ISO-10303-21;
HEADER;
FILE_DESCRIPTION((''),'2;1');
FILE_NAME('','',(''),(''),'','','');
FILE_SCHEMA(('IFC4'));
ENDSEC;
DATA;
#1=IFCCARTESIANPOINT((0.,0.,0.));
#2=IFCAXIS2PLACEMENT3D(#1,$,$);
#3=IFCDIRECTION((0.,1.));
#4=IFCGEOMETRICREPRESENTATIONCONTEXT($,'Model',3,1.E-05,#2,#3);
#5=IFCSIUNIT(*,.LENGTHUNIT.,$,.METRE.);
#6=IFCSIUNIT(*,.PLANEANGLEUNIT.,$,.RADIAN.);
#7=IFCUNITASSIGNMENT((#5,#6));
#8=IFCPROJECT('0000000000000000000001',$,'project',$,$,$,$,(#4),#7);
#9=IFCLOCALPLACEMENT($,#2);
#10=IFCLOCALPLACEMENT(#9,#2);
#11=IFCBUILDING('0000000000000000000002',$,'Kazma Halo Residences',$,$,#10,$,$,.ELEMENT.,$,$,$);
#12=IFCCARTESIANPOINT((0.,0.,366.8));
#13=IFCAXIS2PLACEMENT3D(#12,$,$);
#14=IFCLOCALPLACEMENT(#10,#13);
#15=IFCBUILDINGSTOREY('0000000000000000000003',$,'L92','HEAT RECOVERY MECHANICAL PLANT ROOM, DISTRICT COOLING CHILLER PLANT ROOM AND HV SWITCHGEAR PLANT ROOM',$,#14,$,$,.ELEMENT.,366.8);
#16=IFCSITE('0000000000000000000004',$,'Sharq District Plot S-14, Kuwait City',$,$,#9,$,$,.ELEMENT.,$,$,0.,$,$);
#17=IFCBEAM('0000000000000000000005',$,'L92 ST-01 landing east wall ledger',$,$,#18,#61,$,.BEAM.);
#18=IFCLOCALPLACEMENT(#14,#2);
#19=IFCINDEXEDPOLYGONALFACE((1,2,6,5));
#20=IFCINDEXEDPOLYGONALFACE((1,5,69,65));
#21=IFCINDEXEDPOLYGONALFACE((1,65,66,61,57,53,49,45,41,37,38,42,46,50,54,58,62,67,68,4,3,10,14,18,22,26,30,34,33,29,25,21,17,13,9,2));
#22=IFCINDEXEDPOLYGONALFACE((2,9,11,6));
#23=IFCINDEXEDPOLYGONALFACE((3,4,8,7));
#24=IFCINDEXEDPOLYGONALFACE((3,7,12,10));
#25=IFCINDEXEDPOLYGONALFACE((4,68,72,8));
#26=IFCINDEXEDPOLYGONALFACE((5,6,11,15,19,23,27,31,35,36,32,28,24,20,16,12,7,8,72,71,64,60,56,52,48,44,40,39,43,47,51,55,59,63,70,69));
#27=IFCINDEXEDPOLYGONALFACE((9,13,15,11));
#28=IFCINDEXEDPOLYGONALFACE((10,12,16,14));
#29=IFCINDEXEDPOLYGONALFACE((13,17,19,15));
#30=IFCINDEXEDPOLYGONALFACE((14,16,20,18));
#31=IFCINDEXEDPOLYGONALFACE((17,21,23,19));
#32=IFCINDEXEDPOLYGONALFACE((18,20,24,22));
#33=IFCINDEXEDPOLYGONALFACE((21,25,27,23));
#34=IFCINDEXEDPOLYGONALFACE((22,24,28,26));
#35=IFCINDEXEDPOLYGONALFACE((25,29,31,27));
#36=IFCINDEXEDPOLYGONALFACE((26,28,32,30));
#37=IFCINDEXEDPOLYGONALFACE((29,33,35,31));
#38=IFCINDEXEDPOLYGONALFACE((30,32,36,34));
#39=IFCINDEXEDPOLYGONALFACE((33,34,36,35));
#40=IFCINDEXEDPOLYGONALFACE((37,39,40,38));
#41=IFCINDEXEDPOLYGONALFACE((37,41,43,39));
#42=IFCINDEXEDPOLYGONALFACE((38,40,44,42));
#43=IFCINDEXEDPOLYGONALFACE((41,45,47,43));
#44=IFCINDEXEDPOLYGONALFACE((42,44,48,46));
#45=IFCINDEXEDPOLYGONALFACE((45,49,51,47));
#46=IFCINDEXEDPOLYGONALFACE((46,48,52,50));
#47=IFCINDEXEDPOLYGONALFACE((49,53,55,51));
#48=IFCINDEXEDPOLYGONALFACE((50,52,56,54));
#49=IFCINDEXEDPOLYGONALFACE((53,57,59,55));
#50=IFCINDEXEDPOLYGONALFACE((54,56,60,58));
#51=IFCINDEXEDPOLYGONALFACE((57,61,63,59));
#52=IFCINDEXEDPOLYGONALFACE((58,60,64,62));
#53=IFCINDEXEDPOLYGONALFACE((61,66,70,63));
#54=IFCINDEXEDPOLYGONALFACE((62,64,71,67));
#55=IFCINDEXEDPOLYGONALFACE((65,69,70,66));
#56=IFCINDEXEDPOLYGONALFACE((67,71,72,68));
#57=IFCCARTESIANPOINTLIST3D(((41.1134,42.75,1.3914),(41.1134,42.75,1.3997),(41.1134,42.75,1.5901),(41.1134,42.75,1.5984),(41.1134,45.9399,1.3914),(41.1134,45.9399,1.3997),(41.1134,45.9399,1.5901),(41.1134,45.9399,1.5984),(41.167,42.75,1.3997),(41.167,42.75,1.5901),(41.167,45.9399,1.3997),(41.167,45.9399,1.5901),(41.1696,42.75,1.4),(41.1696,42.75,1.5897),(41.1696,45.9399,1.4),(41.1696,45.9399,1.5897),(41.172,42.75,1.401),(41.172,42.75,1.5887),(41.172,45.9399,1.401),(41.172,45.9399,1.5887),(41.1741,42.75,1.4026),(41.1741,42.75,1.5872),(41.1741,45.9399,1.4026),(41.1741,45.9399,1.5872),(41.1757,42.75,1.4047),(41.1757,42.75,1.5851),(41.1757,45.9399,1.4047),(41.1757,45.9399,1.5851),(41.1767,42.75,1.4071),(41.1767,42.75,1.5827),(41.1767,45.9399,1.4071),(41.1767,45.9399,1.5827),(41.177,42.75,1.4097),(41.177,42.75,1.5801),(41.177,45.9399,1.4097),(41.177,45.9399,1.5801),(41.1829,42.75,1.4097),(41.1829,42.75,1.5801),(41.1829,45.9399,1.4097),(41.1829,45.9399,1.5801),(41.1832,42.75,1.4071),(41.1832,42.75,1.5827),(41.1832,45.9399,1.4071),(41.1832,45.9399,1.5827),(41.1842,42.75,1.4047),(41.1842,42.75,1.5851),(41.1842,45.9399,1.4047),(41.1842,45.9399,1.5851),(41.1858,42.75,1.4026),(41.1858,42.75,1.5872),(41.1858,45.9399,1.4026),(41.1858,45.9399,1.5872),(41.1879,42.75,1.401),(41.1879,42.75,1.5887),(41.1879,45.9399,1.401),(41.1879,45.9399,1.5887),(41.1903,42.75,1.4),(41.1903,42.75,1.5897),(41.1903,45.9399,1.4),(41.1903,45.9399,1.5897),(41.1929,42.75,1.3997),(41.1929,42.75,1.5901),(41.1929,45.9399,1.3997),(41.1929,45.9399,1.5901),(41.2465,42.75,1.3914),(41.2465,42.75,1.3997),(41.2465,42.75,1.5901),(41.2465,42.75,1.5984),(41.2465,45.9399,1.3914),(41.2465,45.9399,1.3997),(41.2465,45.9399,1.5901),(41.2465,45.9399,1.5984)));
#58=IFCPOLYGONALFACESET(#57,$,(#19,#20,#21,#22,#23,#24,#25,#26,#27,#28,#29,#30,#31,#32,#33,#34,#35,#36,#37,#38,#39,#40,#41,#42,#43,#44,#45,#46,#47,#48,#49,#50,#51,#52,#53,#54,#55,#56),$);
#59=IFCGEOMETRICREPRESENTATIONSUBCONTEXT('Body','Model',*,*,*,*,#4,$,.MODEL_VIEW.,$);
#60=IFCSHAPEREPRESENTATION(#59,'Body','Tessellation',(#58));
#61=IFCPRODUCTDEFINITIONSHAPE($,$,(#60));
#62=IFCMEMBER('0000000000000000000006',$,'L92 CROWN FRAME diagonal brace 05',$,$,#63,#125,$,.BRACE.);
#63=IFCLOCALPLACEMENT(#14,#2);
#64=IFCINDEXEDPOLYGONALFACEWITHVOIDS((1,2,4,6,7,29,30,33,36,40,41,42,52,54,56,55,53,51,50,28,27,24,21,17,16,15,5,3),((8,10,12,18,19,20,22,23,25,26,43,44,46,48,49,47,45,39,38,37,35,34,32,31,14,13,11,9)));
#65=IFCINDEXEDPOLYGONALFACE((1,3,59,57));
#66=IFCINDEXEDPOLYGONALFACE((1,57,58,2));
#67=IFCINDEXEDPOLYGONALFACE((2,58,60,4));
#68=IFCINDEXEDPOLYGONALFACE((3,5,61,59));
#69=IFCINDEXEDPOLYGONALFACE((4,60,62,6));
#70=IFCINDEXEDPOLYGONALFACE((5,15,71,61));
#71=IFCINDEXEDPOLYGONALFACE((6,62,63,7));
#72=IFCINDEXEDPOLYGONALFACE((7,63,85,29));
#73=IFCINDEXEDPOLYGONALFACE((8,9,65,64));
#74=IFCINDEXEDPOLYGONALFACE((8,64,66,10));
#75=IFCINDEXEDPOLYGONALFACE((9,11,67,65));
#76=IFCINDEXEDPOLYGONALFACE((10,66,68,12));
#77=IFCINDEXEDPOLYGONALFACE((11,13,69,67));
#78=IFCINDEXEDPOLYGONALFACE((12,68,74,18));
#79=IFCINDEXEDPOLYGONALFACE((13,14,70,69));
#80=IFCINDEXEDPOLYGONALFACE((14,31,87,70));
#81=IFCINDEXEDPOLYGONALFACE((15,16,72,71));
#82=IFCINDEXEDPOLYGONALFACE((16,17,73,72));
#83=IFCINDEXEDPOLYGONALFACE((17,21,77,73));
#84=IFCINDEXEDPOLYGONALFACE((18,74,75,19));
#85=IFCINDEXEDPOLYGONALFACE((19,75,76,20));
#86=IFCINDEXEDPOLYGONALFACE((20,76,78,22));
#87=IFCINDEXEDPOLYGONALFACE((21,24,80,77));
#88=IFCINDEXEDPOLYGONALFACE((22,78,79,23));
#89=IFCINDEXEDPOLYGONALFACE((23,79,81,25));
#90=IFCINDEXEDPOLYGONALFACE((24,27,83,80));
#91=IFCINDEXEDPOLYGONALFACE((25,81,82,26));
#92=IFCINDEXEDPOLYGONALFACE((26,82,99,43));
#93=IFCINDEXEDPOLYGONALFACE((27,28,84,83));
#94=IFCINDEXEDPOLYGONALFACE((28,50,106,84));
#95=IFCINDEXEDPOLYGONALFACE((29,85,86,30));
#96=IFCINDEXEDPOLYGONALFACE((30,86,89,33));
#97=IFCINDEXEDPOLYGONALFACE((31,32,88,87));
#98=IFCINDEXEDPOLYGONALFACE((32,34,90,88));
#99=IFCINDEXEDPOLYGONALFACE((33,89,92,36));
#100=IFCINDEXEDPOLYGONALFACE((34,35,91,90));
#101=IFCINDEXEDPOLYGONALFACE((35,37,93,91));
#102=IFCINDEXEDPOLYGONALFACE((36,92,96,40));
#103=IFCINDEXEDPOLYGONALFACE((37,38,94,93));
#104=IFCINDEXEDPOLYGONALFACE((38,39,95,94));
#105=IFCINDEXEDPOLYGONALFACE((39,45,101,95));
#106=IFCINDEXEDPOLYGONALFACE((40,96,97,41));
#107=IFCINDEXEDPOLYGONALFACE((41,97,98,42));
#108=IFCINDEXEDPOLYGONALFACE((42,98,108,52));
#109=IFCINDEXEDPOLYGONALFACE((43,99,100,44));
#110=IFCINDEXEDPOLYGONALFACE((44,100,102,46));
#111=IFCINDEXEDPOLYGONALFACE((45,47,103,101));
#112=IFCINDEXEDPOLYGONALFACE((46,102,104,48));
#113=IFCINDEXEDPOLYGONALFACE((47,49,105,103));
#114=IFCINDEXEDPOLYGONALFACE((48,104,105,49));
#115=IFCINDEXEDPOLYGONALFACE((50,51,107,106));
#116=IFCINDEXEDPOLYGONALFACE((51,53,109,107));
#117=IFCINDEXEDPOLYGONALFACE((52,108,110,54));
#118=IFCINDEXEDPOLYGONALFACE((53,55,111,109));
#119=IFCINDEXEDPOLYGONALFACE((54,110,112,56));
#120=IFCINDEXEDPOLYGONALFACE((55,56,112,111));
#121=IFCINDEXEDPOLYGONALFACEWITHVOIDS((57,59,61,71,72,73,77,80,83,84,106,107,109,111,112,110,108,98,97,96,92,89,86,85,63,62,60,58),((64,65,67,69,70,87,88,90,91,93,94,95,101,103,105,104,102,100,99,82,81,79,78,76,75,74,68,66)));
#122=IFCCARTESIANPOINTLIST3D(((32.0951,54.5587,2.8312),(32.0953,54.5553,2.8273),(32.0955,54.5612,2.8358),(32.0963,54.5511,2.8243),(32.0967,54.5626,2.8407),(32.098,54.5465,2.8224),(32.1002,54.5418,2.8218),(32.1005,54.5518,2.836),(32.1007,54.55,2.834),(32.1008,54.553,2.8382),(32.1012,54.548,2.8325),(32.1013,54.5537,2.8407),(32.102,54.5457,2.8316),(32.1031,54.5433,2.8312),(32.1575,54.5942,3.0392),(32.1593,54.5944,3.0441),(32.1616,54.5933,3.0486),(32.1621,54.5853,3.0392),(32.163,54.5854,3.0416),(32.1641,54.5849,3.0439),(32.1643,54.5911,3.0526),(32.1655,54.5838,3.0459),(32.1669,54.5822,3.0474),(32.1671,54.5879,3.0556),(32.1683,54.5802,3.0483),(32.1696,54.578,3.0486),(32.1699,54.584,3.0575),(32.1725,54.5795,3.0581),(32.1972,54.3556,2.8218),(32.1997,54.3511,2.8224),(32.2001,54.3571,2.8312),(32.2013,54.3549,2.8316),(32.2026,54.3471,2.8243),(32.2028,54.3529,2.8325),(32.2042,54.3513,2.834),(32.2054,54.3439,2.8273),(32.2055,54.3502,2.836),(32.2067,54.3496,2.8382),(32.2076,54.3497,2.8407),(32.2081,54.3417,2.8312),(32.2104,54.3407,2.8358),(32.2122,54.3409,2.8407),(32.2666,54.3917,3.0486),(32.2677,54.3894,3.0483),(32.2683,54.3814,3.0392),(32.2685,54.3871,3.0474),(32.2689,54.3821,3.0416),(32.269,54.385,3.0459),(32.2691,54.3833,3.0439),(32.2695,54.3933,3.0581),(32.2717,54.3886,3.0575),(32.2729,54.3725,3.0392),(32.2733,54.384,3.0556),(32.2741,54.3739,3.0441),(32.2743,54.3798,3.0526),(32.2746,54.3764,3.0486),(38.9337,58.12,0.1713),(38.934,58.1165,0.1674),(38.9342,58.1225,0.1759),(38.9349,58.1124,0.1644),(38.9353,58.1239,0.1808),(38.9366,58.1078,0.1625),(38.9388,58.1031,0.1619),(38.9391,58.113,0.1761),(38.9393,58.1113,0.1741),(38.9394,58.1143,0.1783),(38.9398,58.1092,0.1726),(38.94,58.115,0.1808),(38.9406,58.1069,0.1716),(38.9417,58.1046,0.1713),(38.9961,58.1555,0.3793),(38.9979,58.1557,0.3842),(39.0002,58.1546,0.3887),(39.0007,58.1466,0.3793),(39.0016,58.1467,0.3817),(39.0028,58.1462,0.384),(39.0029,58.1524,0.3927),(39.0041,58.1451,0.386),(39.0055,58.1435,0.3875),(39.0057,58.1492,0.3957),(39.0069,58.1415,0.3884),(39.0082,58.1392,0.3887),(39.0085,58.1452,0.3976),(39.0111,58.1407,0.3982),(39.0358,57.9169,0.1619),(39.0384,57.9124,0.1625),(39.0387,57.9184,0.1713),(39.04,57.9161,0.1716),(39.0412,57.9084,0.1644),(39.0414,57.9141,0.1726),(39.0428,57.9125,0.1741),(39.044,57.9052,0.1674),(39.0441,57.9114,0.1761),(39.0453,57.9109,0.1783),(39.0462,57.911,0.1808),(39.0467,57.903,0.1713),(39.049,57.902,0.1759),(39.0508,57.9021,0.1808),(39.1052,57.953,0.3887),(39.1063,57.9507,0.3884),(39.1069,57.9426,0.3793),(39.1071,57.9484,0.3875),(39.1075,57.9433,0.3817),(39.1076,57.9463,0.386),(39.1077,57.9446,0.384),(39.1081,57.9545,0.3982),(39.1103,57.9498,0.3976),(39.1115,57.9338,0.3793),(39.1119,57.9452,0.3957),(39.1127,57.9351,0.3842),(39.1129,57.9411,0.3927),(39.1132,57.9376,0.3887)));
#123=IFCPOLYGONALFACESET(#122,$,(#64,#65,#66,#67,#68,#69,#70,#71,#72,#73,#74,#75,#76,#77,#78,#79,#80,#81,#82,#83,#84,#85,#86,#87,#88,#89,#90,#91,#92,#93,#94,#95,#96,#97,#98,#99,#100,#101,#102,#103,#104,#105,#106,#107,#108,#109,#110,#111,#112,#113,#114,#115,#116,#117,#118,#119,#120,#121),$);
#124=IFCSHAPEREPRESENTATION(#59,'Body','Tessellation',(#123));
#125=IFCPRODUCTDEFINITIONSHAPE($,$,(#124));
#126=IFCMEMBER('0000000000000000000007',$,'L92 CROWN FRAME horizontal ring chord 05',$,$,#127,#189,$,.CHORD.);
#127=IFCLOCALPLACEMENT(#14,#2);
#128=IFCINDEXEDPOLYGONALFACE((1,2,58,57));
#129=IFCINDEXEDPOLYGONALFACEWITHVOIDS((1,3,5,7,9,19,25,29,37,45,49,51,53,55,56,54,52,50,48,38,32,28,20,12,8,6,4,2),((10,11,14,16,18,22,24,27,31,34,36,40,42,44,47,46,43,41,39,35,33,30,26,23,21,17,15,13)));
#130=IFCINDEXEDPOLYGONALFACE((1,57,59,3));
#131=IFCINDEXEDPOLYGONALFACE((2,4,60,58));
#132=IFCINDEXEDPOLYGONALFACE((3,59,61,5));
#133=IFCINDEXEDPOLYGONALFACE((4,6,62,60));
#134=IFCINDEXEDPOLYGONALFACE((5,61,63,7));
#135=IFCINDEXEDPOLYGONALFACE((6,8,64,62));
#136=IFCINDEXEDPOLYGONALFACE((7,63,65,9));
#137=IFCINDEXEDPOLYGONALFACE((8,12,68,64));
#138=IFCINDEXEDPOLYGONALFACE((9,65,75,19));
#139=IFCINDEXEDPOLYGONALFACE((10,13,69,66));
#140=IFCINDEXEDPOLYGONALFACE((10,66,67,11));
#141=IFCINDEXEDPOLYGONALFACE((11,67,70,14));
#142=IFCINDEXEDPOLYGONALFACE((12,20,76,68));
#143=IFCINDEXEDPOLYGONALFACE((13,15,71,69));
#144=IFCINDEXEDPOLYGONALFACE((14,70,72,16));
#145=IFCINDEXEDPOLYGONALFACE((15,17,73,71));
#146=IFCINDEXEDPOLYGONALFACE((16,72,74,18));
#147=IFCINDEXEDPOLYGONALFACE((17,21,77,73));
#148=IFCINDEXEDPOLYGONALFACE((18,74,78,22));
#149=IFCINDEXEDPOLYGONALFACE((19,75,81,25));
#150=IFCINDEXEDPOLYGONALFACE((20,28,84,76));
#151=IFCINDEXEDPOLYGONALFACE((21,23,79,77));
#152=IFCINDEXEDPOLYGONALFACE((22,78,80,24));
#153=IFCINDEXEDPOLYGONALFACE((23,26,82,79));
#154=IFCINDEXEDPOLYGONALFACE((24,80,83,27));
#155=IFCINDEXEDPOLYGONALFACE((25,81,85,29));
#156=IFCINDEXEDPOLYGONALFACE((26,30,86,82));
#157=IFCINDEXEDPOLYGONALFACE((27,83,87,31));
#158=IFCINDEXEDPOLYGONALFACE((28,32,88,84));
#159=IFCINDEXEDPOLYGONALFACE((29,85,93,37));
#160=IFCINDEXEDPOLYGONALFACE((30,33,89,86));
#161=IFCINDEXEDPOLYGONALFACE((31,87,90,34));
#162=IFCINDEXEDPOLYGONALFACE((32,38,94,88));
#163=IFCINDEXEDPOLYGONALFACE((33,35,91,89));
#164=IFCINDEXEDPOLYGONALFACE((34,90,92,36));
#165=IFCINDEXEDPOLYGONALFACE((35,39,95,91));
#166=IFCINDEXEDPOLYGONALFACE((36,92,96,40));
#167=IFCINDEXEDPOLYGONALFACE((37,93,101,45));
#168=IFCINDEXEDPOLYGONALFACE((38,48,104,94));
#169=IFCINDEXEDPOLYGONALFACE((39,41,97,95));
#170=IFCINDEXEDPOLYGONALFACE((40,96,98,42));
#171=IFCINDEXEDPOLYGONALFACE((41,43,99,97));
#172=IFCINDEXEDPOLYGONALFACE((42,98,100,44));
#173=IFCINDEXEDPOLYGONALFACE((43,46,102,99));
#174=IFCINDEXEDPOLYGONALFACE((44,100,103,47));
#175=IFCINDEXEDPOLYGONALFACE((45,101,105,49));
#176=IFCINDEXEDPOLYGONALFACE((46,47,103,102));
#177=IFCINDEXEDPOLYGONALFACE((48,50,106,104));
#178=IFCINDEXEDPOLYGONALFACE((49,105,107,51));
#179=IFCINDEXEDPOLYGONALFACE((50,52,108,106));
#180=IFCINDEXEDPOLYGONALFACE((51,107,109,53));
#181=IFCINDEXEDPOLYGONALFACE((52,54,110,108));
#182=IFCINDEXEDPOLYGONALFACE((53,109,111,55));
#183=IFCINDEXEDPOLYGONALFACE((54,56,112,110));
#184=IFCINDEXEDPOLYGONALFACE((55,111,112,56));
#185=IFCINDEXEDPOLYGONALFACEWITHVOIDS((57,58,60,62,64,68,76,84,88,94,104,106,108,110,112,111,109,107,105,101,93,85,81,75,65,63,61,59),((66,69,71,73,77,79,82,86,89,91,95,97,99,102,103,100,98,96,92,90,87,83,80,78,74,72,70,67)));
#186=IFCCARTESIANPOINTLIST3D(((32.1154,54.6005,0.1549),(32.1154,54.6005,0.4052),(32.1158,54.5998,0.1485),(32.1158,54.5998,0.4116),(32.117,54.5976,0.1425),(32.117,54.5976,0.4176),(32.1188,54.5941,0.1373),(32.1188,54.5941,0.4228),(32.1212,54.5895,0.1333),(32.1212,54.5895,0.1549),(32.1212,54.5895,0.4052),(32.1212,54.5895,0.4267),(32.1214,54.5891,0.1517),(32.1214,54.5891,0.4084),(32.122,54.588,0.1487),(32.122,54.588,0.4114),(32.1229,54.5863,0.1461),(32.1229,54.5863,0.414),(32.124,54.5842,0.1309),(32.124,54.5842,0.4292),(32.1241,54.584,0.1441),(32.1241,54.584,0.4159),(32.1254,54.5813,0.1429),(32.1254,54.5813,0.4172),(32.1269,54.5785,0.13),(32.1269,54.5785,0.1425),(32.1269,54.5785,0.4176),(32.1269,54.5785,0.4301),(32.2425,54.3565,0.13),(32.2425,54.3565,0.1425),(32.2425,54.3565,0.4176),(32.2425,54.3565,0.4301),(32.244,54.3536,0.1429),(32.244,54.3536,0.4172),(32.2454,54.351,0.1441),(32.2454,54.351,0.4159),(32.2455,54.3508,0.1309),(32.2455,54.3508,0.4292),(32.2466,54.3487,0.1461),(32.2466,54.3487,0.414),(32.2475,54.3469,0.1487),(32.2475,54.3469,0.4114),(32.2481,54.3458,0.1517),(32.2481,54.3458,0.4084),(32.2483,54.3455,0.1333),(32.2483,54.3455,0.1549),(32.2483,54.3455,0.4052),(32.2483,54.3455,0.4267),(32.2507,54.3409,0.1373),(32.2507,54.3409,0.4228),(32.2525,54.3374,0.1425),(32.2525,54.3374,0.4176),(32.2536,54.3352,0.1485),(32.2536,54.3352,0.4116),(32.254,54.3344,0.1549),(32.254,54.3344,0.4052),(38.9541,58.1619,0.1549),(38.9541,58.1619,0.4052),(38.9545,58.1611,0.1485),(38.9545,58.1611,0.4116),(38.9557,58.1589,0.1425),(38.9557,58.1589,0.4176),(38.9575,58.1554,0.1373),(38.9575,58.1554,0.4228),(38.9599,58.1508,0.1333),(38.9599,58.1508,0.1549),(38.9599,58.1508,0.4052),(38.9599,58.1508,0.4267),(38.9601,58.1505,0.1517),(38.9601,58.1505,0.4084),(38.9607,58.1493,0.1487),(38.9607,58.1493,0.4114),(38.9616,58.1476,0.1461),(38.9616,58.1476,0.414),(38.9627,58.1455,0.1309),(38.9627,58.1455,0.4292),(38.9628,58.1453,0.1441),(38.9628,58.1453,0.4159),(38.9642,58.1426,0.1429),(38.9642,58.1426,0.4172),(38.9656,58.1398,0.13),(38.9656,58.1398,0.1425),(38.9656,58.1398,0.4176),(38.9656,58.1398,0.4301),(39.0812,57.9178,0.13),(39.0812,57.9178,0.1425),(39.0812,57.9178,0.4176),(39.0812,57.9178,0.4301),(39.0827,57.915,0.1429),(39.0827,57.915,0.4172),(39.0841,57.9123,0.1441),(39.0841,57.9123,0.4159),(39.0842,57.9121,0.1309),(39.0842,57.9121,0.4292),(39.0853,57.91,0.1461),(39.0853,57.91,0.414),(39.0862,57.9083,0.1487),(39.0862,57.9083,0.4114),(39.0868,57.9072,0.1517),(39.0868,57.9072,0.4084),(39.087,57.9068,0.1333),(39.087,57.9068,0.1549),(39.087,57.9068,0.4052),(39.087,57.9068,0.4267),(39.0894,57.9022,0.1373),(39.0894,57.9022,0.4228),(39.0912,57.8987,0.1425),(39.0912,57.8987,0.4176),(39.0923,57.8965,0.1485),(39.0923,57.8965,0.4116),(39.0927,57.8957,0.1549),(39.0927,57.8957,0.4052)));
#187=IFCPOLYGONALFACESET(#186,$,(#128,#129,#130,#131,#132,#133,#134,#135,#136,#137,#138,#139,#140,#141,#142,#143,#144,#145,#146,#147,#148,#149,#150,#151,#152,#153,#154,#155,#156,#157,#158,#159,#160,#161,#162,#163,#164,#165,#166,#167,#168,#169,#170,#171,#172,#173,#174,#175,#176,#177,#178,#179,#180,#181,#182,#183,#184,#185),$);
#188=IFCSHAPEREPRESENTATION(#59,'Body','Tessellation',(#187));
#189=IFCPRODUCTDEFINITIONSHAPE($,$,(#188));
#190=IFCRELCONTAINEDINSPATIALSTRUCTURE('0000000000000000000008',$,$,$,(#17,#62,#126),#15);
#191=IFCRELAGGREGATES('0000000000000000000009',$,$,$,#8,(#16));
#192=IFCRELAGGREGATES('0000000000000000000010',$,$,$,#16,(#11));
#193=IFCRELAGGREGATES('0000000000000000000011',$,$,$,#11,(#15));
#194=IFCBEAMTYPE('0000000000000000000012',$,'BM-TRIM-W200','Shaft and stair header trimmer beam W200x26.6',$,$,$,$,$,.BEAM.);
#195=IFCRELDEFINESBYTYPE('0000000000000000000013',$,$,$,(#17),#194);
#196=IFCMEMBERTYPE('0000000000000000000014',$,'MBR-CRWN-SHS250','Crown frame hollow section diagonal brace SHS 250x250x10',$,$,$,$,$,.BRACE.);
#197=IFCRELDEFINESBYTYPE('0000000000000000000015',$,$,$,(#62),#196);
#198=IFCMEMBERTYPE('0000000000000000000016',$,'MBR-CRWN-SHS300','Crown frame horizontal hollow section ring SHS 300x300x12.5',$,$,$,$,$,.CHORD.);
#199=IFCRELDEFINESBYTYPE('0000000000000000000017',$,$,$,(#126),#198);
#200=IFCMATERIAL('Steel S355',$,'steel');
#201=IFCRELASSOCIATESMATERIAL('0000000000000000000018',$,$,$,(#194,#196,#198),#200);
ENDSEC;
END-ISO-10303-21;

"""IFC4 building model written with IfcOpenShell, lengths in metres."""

from ifc_helpers import new_model, si_unit, direction, frame, origin, origin_2d, place, context, subcontext, project, spatial, hollow_rectangle, i_section, extrude, material, material_profile, profile_set, type_object, element, save


model = new_model("IFC4")

# Units and contexts
model_context = context("Model", 3, precision=1e-05, world=origin(), true_north=direction((0.0, 1.0)))
body_context = subcontext(model_context, "Body", "Model", "MODEL_VIEW")
ifc_project = project(units=[si_unit("LENGTHUNIT", "METRE"), si_unit("PLANEANGLEUNIT", "RADIAN")], contexts=[model_context])

# Site, building, storey
site_placement = place(None, origin())
site = spatial("IfcSite", under=ifc_project, at=site_placement, Name="Sharq District Plot S-14, Kuwait City", CompositionType="ELEMENT", RefElevation=0.0)
building_placement = place(site_placement, origin())
building = spatial("IfcBuilding", under=site, at=building_placement, Name="Kazma Halo Residences", CompositionType="ELEMENT")
storey_placement = place(building_placement, frame((0.0, 0.0, 366.8)))
storey = spatial("IfcBuildingStorey", under=building, at=storey_placement, Name="L92", Description="HEAT RECOVERY MECHANICAL PLANT ROOM, DISTRICT COOLING CHILLER PLANT ROOM AND HV SWITCHGEAR PLANT ROOM", CompositionType="ELEMENT", Elevation=366.8)

# Shared definitions
ifc_material_1 = material(Name="Steel S355", Category="steel")

# Beam
ifc_material_profile_1 = material_profile(ifc_material_1, i_section(OverallWidth=0.1331, OverallDepth=0.207, WebThickness=0.0059, FlangeThickness=0.0083, FilletRadius=0.01, at=origin_2d()), Name="W200x26.6")
ifc_profile_set_1 = profile_set([ifc_material_profile_1], Name="Steel S355")
beam_type_1 = type_object("IfcBeamType", Name="BM-TRIM-W200", Description="Shaft and stair header trimmer beam W200x26.6", PredefinedType="BEAM", material=ifc_profile_set_1)
beam_1_placement = place(storey_placement, frame((41.1799, 42.75, 1.4949), z_axis=(0.0, 1.0, 0.0), x_axis=(-1.0, 0.0, 0.0)))
element("IfcBeam", 1, at=beam_1_placement, inside=storey, type_object=beam_type_1, Name="L92 ST-01 landing east wall ledger", PredefinedType="BEAM", context=body_context, shape_type="SweptSolid", body=[
    extrude(i_section(OverallWidth=0.1331, OverallDepth=0.207, WebThickness=0.0059, FlangeThickness=0.0083, FilletRadius=0.01, at=origin_2d()), origin(), (0.0, 0.0, 1.0), 3.1899),
])

# Members
ifc_material_profile_2 = material_profile(ifc_material_1, hollow_rectangle(XDim=0.25, YDim=0.25, WallThickness=0.01, InnerFilletRadius=0.01, OuterFilletRadius=0.02, at=origin_2d()), Name="SHS250x250x10")
ifc_profile_set_2 = profile_set([ifc_material_profile_2], Name="Steel S355")
member_type_1 = type_object("IfcMemberType", Name="MBR-CRWN-SHS250", Description="Crown frame hollow section diagonal brace SHS 250x250x10", PredefinedType="BRACE", material=ifc_profile_set_2)
member_1_placement = place(storey_placement, frame((39.0234, 58.0288, 0.28), z_axis=(-0.838451, -0.436631, 0.326119), x_axis=(0.461883, -0.886941, 0.0)))
element("IfcMember", 2, at=member_1_placement, inside=storey, type_object=member_type_1, Name="L92 CROWN FRAME diagonal brace 05", PredefinedType="BRACE", context=body_context, shape_type="SweptSolid", body=[
    extrude(hollow_rectangle(XDim=0.25, YDim=0.25, WallThickness=0.01, InnerFilletRadius=0.01, OuterFilletRadius=0.02, at=origin_2d()), origin(), (0.0, 0.0, 1.0), 8.1562),
])
ifc_material_profile_3 = material_profile(ifc_material_1, hollow_rectangle(XDim=0.3, YDim=0.3, WallThickness=0.0125, InnerFilletRadius=0.0125, OuterFilletRadius=0.0249, at=origin_2d()), Name="SHS300x300x12.5")
ifc_profile_set_3 = profile_set([ifc_material_profile_3], Name="Steel S355")
member_type_2 = type_object("IfcMemberType", Name="MBR-CRWN-SHS300", Description="Crown frame horizontal hollow section ring SHS 300x300x12.5", PredefinedType="CHORD", material=ifc_profile_set_3)
member_2_placement = place(storey_placement, frame((39.0234, 58.0288, 0.28), z_axis=(-0.886941, -0.461883, 0.0), x_axis=(0.461883, -0.886941, 0.0)))
element("IfcMember", 3, at=member_2_placement, inside=storey, type_object=member_type_2, Name="L92 CROWN FRAME horizontal ring chord 05", PredefinedType="CHORD", context=body_context, shape_type="SweptSolid", body=[
    extrude(hollow_rectangle(XDim=0.3, YDim=0.3, WallThickness=0.0125, InnerFilletRadius=0.0125, OuterFilletRadius=0.0249, at=origin_2d()), origin(), (0.0, 0.0, 1.0), 7.7104),
])

save(model, "model.ifc")
